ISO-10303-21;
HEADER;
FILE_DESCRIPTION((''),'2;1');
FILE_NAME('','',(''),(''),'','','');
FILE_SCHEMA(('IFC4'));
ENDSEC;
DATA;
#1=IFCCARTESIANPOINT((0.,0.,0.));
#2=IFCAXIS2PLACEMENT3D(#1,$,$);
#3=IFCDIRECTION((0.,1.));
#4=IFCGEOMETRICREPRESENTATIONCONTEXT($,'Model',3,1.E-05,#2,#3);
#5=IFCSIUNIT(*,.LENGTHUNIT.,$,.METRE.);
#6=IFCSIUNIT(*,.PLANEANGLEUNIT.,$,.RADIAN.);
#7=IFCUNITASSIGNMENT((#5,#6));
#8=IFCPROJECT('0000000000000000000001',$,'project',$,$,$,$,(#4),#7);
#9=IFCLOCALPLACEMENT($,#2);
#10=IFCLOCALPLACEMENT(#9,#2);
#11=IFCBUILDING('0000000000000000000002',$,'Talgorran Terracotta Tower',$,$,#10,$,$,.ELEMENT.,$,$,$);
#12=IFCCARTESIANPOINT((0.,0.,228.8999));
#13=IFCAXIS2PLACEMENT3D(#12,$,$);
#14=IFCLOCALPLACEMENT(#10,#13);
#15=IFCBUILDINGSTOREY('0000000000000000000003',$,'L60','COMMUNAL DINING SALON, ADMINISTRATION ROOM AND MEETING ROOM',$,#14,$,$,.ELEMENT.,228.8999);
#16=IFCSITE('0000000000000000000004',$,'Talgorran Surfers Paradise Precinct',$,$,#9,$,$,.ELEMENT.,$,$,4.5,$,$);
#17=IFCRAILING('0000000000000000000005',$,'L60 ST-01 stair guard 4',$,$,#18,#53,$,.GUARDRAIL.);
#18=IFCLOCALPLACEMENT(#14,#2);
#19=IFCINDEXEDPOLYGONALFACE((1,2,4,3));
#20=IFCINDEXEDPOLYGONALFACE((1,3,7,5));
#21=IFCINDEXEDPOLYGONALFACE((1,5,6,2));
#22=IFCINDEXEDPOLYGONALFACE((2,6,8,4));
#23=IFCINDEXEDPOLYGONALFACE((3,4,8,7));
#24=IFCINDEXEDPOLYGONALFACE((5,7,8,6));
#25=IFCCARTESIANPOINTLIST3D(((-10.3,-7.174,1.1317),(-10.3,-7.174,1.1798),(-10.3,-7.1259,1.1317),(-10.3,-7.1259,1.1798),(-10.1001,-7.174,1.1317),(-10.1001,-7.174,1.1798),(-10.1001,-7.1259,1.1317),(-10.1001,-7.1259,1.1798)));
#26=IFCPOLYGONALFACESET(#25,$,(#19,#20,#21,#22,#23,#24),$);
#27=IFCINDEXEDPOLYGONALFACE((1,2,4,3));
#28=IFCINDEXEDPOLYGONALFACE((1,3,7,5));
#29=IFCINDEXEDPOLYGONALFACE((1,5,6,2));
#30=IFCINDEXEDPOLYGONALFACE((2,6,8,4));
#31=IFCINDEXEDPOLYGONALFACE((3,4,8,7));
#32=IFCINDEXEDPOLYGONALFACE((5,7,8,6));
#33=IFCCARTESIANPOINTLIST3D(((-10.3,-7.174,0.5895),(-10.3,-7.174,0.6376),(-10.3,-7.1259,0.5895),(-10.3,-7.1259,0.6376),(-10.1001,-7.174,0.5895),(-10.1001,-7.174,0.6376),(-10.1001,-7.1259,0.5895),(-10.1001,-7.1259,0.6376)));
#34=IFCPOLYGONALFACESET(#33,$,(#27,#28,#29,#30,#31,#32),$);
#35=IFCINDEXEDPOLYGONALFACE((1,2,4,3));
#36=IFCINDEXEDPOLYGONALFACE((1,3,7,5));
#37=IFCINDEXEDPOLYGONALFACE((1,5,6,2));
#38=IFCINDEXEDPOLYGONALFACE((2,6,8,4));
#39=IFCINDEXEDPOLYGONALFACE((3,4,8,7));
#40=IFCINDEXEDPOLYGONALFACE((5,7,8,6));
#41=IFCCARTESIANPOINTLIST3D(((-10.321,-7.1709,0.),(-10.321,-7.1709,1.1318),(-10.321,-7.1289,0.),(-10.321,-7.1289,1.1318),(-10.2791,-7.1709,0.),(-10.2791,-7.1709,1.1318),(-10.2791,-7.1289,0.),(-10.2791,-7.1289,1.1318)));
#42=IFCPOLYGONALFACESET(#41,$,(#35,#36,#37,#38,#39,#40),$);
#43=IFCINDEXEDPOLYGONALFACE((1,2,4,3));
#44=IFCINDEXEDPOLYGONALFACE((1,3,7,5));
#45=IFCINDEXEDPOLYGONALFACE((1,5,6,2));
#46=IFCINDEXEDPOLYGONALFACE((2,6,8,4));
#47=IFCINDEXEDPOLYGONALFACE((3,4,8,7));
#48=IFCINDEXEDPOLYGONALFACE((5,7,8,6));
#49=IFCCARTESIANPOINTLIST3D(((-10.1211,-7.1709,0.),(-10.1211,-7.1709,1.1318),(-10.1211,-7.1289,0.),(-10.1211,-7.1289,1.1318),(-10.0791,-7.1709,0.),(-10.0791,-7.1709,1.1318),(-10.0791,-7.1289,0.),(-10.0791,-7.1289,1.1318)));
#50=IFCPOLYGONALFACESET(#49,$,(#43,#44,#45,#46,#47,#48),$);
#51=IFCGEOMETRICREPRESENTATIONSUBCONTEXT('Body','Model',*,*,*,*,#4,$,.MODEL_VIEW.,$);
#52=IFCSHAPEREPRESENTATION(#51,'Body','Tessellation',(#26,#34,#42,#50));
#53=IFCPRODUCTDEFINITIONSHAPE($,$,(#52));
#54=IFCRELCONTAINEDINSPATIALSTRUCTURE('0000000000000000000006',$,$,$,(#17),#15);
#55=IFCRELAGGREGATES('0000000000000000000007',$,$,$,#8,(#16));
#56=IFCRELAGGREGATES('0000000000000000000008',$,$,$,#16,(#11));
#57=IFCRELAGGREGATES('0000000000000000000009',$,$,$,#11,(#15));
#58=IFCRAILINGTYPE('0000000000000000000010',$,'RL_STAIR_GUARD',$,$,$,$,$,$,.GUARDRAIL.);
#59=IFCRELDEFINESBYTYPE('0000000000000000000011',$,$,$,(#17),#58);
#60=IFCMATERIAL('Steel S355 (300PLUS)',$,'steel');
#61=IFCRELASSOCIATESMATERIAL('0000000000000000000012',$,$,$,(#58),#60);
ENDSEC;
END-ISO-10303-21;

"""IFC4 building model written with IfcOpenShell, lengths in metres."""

from ifc_helpers import new_model, si_unit, direction, frame, origin, origin_2d, place, context, subcontext, project, spatial, rectangle, extrude, material, type_object, element, save


model = new_model("IFC4")

# Units and contexts
model_context = context("Model", 3, precision=1e-05, world=origin(), true_north=direction((0.0, 1.0)))
body_context = subcontext(model_context, "Body", "Model", "MODEL_VIEW")
ifc_project = project(units=[si_unit("LENGTHUNIT", "METRE"), si_unit("PLANEANGLEUNIT", "RADIAN")], contexts=[model_context])

# Site, building, storey
site_placement = place(None, origin())
site = spatial("IfcSite", under=ifc_project, at=site_placement, Name="Talgorran Surfers Paradise Precinct", CompositionType="ELEMENT", RefElevation=4.5)
building_placement = place(site_placement, origin())
building = spatial("IfcBuilding", under=site, at=building_placement, Name="Talgorran Terracotta Tower", CompositionType="ELEMENT")
storey_placement = place(building_placement, frame((0.0, 0.0, 228.8999)))
storey = spatial("IfcBuildingStorey", under=building, at=storey_placement, Name="L60", Description="COMMUNAL DINING SALON, ADMINISTRATION ROOM AND MEETING ROOM", CompositionType="ELEMENT", Elevation=228.8999)

# Shared definitions
ifc_material_1 = material(Name="Steel S355 (300PLUS)", Category="steel")

# Railing
railing_type_1 = type_object("IfcRailingType", Name="RL_STAIR_GUARD", PredefinedType="GUARDRAIL", material=ifc_material_1)
railing_1_placement = place(storey_placement, frame((-10.3, -7.1499, 0.0)))
element("IfcRailing", 1, at=railing_1_placement, inside=storey, type_object=railing_type_1, Name="L60 ST-01 stair guard 4", PredefinedType="GUARDRAIL", context=body_context, shape_type="SweptSolid", body=[
    extrude(rectangle(XDim=0.0481, YDim=0.0481, at=origin_2d()), frame((0.0, 0.0, 1.1558), z_axis=(1.0, 0.0, 0.0), x_axis=(0.0, 1.0, 0.0)), (0.0, 0.0, 1.0), 0.2),
    extrude(rectangle(XDim=0.0481, YDim=0.0481, at=origin_2d()), frame((0.0, 0.0, 0.6135), z_axis=(1.0, 0.0, 0.0), x_axis=(0.0, 1.0, 0.0)), (0.0, 0.0, 1.0), 0.2),
    extrude(rectangle(XDim=0.042, YDim=0.042, at=origin_2d()), origin(), (0.0, 0.0, 1.0), 1.1318),
    extrude(rectangle(XDim=0.042, YDim=0.042, at=origin_2d()), frame((0.2, 0.0, 0.0)), (0.0, 0.0, 1.0), 1.1318),
])

save(model, "model.ifc")
